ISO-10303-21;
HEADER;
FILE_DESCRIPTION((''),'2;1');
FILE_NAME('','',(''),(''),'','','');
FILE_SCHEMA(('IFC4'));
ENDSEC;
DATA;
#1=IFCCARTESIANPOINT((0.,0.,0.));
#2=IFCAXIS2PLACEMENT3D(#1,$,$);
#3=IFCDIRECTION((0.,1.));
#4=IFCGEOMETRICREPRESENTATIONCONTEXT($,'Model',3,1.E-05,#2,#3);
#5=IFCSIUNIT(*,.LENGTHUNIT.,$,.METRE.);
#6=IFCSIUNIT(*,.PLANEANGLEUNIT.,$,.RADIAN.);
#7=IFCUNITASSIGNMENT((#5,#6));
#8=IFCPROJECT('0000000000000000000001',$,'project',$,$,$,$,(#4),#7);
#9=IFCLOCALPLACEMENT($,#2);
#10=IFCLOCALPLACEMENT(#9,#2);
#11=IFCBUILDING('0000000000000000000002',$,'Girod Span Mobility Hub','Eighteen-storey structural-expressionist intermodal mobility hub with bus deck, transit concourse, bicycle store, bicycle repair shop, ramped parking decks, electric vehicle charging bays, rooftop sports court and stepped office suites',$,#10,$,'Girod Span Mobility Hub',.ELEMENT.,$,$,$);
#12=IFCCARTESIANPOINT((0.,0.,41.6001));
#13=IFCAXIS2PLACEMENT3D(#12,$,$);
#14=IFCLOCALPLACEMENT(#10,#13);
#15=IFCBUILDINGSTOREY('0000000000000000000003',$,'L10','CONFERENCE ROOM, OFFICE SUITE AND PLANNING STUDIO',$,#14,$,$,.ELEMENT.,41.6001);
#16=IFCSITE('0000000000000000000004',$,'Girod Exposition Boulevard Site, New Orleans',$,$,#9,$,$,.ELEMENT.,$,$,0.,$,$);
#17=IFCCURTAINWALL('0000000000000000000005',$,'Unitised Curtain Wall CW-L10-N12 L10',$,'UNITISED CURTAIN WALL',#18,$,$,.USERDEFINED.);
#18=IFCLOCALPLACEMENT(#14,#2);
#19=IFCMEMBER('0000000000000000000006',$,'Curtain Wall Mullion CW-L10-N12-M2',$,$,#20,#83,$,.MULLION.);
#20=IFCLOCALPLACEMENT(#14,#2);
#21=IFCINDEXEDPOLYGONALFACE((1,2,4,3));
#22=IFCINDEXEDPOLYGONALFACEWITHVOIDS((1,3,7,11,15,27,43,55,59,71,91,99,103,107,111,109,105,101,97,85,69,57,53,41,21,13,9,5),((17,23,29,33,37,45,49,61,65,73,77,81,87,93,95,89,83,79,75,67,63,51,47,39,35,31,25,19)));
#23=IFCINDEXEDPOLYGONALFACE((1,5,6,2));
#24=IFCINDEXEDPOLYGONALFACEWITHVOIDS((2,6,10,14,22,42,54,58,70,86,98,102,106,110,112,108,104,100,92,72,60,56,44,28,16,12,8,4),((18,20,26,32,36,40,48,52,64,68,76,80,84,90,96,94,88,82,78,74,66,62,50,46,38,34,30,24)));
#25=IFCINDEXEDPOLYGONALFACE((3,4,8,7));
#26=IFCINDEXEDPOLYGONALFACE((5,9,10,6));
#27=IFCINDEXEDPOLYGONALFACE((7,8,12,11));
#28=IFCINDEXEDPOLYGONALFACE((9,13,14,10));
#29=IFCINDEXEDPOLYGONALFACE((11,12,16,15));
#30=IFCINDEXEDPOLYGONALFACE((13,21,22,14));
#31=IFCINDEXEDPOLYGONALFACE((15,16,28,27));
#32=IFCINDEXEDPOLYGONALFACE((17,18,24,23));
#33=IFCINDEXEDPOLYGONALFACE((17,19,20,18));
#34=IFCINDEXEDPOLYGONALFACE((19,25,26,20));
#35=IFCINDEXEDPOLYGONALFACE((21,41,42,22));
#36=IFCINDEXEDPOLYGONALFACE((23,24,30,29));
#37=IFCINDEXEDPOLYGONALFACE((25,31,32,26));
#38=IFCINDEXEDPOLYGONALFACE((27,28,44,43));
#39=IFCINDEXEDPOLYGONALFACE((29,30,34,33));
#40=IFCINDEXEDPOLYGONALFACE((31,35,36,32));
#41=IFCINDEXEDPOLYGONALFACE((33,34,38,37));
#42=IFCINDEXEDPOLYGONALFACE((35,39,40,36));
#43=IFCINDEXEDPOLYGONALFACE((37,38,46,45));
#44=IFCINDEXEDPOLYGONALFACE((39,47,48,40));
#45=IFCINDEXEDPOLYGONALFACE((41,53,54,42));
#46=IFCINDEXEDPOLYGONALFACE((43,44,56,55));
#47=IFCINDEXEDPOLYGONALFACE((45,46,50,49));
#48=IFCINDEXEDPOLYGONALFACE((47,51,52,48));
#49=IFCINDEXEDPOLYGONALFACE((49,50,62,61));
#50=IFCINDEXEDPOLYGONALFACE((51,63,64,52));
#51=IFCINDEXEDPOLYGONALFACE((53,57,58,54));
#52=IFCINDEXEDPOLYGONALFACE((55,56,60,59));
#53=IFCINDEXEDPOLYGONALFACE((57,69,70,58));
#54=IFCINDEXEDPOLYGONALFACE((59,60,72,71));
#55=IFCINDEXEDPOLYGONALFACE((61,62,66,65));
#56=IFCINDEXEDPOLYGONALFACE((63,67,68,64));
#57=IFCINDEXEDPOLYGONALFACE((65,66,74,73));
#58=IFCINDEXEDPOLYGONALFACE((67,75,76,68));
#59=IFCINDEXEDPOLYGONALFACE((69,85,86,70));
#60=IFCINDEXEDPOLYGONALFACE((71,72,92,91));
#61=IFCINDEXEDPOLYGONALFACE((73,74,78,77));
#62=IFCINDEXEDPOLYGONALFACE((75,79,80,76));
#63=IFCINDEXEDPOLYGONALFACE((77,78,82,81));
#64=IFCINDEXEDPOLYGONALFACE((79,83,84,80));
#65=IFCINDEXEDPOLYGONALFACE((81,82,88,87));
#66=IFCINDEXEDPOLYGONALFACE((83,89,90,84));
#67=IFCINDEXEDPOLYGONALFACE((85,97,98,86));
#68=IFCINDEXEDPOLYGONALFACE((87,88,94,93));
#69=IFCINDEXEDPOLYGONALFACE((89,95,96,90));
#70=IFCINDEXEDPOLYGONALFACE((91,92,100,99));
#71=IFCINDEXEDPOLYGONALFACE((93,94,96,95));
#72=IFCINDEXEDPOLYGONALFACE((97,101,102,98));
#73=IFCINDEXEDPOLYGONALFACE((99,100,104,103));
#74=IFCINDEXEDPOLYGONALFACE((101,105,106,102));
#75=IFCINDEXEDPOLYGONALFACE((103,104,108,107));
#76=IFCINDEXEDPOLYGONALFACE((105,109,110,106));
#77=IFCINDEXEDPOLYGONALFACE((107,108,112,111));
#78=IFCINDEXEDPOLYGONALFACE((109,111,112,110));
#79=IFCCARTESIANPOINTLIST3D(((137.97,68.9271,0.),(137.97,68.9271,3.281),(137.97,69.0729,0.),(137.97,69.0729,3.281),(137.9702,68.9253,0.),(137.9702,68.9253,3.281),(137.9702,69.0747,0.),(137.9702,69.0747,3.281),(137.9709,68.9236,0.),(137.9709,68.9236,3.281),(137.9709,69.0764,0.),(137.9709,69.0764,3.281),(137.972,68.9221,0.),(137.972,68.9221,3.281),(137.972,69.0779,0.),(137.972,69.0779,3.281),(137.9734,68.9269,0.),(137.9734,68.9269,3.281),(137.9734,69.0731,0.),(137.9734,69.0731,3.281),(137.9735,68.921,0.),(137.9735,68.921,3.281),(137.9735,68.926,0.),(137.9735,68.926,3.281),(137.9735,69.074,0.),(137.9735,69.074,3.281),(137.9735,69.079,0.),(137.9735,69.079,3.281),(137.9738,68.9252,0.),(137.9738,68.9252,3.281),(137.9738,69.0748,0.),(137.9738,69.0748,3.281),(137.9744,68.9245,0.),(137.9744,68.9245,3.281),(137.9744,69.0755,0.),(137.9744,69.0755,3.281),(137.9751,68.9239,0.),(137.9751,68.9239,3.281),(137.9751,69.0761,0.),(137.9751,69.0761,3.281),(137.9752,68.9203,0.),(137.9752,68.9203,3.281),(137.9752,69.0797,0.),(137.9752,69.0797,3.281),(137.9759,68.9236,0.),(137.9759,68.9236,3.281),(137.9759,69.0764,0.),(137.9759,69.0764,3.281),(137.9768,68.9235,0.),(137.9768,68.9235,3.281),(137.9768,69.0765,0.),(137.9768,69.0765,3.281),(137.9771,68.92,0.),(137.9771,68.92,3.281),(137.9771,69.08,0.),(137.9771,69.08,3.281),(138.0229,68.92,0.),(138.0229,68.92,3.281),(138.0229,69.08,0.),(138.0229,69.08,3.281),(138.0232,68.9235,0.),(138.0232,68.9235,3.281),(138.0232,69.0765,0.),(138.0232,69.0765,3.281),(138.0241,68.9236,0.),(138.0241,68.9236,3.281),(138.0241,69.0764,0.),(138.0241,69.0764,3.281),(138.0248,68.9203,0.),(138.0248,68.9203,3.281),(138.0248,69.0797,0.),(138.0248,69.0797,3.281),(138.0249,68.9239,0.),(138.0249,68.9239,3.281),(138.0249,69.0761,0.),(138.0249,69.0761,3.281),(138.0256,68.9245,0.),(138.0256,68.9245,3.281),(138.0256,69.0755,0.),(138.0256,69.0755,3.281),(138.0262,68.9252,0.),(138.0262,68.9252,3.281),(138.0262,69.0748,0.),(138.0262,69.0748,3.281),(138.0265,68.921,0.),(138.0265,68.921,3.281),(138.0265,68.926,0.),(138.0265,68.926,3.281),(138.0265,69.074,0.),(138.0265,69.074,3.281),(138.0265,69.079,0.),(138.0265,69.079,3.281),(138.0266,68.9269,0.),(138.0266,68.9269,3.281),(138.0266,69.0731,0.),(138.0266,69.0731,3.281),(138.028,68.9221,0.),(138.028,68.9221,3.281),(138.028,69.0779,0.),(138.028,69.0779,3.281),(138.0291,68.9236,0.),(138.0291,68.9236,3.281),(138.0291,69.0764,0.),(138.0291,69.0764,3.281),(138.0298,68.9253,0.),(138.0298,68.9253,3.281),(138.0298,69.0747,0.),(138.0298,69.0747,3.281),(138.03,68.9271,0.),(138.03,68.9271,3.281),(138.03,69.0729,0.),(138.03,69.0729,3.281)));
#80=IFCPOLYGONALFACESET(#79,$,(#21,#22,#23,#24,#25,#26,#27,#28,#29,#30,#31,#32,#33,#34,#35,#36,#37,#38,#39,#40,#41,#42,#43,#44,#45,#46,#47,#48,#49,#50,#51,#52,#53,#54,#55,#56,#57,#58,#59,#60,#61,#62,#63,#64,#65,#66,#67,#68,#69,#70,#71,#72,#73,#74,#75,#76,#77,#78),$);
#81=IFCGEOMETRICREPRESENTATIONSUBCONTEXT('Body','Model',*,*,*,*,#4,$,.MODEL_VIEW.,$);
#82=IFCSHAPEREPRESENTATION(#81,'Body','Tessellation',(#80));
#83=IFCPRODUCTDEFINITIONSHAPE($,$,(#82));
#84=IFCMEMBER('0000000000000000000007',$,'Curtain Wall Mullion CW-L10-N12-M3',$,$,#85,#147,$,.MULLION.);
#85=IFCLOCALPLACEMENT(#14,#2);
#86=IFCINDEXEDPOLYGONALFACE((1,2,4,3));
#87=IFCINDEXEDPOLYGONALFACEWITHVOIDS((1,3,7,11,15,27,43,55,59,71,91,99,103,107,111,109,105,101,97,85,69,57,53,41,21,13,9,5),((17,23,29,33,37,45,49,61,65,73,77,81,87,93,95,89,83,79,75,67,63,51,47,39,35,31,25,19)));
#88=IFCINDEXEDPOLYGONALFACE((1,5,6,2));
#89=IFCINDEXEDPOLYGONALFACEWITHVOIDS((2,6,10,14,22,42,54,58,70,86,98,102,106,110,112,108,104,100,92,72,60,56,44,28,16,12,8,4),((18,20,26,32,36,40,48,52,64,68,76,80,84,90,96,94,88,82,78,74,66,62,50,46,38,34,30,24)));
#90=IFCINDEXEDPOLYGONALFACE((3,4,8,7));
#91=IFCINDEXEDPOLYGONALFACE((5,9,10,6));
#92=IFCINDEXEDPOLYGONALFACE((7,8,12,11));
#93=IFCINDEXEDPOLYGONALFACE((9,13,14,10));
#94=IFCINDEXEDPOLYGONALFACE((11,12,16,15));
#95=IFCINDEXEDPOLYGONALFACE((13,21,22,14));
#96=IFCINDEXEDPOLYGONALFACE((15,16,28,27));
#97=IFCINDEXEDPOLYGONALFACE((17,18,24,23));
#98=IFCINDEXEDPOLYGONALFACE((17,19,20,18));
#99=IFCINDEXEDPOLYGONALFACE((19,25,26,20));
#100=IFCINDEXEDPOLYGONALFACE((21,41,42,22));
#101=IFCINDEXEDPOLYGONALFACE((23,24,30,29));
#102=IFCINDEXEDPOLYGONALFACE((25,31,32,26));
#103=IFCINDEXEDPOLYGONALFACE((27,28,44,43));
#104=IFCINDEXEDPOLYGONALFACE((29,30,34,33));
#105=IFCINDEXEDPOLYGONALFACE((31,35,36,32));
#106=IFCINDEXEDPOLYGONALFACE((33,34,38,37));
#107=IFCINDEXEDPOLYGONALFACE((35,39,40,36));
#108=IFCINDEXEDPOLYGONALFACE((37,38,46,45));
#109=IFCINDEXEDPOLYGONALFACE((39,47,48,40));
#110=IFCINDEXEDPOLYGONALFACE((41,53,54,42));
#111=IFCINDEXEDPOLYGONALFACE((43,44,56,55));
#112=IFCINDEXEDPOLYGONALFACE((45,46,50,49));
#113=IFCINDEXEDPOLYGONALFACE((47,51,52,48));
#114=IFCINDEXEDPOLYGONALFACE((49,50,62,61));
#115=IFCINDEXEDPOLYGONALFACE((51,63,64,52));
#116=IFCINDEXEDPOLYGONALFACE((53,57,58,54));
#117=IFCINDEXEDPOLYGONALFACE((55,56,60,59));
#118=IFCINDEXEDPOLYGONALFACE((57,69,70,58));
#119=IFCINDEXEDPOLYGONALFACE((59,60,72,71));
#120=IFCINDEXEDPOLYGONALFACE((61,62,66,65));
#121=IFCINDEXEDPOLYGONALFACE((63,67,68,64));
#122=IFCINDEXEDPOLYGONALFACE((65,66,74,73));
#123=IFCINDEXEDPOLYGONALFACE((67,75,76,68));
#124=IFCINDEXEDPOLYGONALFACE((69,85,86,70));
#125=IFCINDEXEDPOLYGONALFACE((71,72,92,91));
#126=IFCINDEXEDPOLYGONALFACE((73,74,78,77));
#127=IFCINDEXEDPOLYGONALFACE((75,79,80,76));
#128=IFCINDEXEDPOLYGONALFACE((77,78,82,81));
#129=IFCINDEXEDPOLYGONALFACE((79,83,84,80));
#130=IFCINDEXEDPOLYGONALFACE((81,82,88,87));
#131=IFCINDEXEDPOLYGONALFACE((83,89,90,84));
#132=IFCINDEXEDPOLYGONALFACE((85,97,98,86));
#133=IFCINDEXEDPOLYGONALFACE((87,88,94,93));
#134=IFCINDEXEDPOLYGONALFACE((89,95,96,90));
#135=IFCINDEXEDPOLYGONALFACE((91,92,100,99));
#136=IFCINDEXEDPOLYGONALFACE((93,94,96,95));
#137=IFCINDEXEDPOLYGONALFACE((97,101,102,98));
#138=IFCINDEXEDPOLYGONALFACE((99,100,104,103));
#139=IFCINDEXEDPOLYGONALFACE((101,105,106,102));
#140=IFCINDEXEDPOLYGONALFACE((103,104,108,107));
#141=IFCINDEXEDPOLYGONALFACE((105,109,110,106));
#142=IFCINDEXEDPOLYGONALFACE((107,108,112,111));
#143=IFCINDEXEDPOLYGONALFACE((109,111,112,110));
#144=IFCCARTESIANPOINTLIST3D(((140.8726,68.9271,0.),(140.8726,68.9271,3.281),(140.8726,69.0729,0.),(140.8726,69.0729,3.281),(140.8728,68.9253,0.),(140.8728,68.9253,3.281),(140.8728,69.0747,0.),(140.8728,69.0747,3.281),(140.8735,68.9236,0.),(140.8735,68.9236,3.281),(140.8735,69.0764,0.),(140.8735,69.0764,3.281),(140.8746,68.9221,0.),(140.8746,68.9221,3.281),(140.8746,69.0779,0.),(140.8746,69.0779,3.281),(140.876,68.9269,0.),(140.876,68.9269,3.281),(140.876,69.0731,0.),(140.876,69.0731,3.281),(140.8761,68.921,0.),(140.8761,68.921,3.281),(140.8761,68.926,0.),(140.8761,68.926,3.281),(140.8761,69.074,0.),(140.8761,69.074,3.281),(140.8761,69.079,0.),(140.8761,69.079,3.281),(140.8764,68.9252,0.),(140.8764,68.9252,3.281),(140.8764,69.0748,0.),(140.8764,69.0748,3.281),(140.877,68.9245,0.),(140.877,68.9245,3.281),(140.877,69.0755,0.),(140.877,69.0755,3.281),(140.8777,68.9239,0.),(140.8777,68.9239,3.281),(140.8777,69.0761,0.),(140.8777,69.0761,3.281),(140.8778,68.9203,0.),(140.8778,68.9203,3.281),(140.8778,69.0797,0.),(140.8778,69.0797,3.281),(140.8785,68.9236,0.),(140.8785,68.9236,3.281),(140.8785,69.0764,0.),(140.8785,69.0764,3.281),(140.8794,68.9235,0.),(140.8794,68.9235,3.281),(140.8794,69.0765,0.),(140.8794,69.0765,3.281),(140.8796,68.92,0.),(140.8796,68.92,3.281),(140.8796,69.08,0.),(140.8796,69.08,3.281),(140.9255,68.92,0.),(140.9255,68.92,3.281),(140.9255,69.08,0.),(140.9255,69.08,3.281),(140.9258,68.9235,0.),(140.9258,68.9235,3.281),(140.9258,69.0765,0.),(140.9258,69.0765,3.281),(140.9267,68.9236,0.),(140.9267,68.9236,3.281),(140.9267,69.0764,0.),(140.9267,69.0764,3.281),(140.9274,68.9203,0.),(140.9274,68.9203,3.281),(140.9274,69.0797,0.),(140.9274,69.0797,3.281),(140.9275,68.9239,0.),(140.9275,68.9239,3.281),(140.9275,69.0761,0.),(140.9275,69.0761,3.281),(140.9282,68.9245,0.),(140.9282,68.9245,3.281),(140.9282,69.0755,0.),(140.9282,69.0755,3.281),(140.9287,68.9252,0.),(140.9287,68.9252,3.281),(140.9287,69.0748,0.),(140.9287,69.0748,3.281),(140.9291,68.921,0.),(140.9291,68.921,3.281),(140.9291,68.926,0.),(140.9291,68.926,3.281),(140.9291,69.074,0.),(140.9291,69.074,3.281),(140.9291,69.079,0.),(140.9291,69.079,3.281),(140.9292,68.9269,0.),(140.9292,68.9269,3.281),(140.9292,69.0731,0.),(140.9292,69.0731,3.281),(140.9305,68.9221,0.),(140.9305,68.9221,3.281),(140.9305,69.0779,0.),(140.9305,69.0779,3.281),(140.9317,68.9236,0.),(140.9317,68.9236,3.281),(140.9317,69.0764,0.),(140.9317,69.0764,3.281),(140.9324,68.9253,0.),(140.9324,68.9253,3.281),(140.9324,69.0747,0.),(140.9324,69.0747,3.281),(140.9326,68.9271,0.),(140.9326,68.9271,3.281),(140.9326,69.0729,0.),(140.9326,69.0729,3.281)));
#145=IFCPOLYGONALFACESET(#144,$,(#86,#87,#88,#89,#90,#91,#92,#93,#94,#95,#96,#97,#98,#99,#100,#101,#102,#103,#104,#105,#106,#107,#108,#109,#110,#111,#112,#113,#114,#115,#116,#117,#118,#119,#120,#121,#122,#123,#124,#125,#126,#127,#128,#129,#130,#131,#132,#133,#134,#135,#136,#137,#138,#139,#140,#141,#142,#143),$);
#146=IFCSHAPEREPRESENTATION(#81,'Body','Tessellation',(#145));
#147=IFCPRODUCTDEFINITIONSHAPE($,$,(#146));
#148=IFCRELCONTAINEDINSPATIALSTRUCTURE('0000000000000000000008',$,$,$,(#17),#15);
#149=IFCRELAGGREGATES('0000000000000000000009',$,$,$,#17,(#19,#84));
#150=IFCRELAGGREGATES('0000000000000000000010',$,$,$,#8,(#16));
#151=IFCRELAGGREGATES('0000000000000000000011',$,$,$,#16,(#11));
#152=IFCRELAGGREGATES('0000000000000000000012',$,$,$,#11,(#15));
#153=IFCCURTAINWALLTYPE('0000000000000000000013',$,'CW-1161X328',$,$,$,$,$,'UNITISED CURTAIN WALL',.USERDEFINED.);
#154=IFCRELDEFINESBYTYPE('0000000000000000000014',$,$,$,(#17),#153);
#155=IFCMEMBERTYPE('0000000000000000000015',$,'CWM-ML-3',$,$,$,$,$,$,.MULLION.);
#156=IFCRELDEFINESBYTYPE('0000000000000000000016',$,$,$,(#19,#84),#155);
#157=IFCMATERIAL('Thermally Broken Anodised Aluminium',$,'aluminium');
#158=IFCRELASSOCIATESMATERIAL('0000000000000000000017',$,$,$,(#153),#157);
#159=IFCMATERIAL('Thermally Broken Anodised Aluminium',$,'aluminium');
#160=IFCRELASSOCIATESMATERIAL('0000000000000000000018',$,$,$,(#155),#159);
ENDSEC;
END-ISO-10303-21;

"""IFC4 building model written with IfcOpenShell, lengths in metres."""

from ifc_helpers import new_model, si_unit, direction, frame, origin, origin_2d, place, context, subcontext, project, spatial, hollow_rectangle, extrude, material, material_profile, profile_set, type_object, element, aggregate, save


model = new_model("IFC4")

# Units and contexts
model_context = context("Model", 3, precision=1e-05, world=origin(), true_north=direction((0.0, 1.0)))
body_context = subcontext(model_context, "Body", "Model", "MODEL_VIEW")
ifc_project = project(units=[si_unit("LENGTHUNIT", "METRE"), si_unit("PLANEANGLEUNIT", "RADIAN")], contexts=[model_context])

# Site, building, storey
site_placement = place(None, origin())
site = spatial("IfcSite", under=ifc_project, at=site_placement, Name="Girod Exposition Boulevard Site, New Orleans", CompositionType="ELEMENT", RefElevation=0.0)
building_placement = place(site_placement, origin())
building = spatial("IfcBuilding", under=site, at=building_placement, Name="Girod Span Mobility Hub", Description="Eighteen-storey structural-expressionist intermodal mobility hub with bus deck, transit concourse, bicycle store, bicycle repair shop, ramped parking decks, electric vehicle charging bays, rooftop sports court and stepped office suites", LongName="Girod Span Mobility Hub", CompositionType="ELEMENT")
storey_placement = place(building_placement, frame((0.0, 0.0, 41.6001)))
storey = spatial("IfcBuildingStorey", under=building, at=storey_placement, Name="L10", Description="CONFERENCE ROOM, OFFICE SUITE AND PLANNING STUDIO", CompositionType="ELEMENT", Elevation=41.6001)

# Curtain wall, members
ifc_material_1 = material(Name="Thermally Broken Anodised Aluminium", Category="aluminium")
curtain_wall_type = type_object("IfcCurtainWallType", Name="CW-1161X328", ElementType="UNITISED CURTAIN WALL", PredefinedType="USERDEFINED", material=ifc_material_1)
ifc_material_2 = material(Name="Thermally Broken Anodised Aluminium", Category="aluminium")
ifc_material_profile_1 = material_profile(ifc_material_2, hollow_rectangle(XDim=0.1599, YDim=0.0601, WallThickness=0.0034, InnerFilletRadius=0.0034, OuterFilletRadius=0.0071, at=origin_2d()), Name="CW-ML-60X160")
ifc_profile_set_1 = profile_set([ifc_material_profile_1], Name="Thermally Broken Anodised Aluminium")
member_type_1 = type_object("IfcMemberType", Name="CWM-ML-3", PredefinedType="MULLION", material=ifc_profile_set_1)
curtain_wall_1_placement = place(storey_placement, origin())
curtain_wall_1 = element("IfcCurtainWall", 1, at=curtain_wall_1_placement, inside=storey, type_object=curtain_wall_type, Name="Unitised Curtain Wall CW-L10-N12 L10", ObjectType="UNITISED CURTAIN WALL", PredefinedType="USERDEFINED")
member_1_placement = place(storey_placement, frame((138.0, 69.0, 0.0), z_axis=(0.0, 0.0, 1.0), x_axis=(0.0, 1.0, 0.0)))
member_1 = element("IfcMember", 2, at=member_1_placement, type_object=member_type_1, Name="Curtain Wall Mullion CW-L10-N12-M2", PredefinedType="MULLION", context=body_context, shape_type="SweptSolid", body=[
    extrude(hollow_rectangle(XDim=0.1599, YDim=0.0601, WallThickness=0.0034, InnerFilletRadius=0.0034, OuterFilletRadius=0.0071, at=origin_2d()), origin(), (0.0, 0.0, 1.0), 3.281),
])
member_2_placement = place(storey_placement, frame((140.9026, 69.0, 0.0), z_axis=(0.0, 0.0, 1.0), x_axis=(0.0, 1.0, 0.0)))
member_2 = element("IfcMember", 3, at=member_2_placement, type_object=member_type_1, Name="Curtain Wall Mullion CW-L10-N12-M3", PredefinedType="MULLION", context=body_context, shape_type="SweptSolid", body=[
    extrude(hollow_rectangle(XDim=0.1599, YDim=0.0601, WallThickness=0.0034, InnerFilletRadius=0.0034, OuterFilletRadius=0.0071, at=origin_2d()), origin(), (0.0, 0.0, 1.0), 3.281),
])

aggregate(curtain_wall_1, [member_1, member_2])

save(model, "model.ifc")
